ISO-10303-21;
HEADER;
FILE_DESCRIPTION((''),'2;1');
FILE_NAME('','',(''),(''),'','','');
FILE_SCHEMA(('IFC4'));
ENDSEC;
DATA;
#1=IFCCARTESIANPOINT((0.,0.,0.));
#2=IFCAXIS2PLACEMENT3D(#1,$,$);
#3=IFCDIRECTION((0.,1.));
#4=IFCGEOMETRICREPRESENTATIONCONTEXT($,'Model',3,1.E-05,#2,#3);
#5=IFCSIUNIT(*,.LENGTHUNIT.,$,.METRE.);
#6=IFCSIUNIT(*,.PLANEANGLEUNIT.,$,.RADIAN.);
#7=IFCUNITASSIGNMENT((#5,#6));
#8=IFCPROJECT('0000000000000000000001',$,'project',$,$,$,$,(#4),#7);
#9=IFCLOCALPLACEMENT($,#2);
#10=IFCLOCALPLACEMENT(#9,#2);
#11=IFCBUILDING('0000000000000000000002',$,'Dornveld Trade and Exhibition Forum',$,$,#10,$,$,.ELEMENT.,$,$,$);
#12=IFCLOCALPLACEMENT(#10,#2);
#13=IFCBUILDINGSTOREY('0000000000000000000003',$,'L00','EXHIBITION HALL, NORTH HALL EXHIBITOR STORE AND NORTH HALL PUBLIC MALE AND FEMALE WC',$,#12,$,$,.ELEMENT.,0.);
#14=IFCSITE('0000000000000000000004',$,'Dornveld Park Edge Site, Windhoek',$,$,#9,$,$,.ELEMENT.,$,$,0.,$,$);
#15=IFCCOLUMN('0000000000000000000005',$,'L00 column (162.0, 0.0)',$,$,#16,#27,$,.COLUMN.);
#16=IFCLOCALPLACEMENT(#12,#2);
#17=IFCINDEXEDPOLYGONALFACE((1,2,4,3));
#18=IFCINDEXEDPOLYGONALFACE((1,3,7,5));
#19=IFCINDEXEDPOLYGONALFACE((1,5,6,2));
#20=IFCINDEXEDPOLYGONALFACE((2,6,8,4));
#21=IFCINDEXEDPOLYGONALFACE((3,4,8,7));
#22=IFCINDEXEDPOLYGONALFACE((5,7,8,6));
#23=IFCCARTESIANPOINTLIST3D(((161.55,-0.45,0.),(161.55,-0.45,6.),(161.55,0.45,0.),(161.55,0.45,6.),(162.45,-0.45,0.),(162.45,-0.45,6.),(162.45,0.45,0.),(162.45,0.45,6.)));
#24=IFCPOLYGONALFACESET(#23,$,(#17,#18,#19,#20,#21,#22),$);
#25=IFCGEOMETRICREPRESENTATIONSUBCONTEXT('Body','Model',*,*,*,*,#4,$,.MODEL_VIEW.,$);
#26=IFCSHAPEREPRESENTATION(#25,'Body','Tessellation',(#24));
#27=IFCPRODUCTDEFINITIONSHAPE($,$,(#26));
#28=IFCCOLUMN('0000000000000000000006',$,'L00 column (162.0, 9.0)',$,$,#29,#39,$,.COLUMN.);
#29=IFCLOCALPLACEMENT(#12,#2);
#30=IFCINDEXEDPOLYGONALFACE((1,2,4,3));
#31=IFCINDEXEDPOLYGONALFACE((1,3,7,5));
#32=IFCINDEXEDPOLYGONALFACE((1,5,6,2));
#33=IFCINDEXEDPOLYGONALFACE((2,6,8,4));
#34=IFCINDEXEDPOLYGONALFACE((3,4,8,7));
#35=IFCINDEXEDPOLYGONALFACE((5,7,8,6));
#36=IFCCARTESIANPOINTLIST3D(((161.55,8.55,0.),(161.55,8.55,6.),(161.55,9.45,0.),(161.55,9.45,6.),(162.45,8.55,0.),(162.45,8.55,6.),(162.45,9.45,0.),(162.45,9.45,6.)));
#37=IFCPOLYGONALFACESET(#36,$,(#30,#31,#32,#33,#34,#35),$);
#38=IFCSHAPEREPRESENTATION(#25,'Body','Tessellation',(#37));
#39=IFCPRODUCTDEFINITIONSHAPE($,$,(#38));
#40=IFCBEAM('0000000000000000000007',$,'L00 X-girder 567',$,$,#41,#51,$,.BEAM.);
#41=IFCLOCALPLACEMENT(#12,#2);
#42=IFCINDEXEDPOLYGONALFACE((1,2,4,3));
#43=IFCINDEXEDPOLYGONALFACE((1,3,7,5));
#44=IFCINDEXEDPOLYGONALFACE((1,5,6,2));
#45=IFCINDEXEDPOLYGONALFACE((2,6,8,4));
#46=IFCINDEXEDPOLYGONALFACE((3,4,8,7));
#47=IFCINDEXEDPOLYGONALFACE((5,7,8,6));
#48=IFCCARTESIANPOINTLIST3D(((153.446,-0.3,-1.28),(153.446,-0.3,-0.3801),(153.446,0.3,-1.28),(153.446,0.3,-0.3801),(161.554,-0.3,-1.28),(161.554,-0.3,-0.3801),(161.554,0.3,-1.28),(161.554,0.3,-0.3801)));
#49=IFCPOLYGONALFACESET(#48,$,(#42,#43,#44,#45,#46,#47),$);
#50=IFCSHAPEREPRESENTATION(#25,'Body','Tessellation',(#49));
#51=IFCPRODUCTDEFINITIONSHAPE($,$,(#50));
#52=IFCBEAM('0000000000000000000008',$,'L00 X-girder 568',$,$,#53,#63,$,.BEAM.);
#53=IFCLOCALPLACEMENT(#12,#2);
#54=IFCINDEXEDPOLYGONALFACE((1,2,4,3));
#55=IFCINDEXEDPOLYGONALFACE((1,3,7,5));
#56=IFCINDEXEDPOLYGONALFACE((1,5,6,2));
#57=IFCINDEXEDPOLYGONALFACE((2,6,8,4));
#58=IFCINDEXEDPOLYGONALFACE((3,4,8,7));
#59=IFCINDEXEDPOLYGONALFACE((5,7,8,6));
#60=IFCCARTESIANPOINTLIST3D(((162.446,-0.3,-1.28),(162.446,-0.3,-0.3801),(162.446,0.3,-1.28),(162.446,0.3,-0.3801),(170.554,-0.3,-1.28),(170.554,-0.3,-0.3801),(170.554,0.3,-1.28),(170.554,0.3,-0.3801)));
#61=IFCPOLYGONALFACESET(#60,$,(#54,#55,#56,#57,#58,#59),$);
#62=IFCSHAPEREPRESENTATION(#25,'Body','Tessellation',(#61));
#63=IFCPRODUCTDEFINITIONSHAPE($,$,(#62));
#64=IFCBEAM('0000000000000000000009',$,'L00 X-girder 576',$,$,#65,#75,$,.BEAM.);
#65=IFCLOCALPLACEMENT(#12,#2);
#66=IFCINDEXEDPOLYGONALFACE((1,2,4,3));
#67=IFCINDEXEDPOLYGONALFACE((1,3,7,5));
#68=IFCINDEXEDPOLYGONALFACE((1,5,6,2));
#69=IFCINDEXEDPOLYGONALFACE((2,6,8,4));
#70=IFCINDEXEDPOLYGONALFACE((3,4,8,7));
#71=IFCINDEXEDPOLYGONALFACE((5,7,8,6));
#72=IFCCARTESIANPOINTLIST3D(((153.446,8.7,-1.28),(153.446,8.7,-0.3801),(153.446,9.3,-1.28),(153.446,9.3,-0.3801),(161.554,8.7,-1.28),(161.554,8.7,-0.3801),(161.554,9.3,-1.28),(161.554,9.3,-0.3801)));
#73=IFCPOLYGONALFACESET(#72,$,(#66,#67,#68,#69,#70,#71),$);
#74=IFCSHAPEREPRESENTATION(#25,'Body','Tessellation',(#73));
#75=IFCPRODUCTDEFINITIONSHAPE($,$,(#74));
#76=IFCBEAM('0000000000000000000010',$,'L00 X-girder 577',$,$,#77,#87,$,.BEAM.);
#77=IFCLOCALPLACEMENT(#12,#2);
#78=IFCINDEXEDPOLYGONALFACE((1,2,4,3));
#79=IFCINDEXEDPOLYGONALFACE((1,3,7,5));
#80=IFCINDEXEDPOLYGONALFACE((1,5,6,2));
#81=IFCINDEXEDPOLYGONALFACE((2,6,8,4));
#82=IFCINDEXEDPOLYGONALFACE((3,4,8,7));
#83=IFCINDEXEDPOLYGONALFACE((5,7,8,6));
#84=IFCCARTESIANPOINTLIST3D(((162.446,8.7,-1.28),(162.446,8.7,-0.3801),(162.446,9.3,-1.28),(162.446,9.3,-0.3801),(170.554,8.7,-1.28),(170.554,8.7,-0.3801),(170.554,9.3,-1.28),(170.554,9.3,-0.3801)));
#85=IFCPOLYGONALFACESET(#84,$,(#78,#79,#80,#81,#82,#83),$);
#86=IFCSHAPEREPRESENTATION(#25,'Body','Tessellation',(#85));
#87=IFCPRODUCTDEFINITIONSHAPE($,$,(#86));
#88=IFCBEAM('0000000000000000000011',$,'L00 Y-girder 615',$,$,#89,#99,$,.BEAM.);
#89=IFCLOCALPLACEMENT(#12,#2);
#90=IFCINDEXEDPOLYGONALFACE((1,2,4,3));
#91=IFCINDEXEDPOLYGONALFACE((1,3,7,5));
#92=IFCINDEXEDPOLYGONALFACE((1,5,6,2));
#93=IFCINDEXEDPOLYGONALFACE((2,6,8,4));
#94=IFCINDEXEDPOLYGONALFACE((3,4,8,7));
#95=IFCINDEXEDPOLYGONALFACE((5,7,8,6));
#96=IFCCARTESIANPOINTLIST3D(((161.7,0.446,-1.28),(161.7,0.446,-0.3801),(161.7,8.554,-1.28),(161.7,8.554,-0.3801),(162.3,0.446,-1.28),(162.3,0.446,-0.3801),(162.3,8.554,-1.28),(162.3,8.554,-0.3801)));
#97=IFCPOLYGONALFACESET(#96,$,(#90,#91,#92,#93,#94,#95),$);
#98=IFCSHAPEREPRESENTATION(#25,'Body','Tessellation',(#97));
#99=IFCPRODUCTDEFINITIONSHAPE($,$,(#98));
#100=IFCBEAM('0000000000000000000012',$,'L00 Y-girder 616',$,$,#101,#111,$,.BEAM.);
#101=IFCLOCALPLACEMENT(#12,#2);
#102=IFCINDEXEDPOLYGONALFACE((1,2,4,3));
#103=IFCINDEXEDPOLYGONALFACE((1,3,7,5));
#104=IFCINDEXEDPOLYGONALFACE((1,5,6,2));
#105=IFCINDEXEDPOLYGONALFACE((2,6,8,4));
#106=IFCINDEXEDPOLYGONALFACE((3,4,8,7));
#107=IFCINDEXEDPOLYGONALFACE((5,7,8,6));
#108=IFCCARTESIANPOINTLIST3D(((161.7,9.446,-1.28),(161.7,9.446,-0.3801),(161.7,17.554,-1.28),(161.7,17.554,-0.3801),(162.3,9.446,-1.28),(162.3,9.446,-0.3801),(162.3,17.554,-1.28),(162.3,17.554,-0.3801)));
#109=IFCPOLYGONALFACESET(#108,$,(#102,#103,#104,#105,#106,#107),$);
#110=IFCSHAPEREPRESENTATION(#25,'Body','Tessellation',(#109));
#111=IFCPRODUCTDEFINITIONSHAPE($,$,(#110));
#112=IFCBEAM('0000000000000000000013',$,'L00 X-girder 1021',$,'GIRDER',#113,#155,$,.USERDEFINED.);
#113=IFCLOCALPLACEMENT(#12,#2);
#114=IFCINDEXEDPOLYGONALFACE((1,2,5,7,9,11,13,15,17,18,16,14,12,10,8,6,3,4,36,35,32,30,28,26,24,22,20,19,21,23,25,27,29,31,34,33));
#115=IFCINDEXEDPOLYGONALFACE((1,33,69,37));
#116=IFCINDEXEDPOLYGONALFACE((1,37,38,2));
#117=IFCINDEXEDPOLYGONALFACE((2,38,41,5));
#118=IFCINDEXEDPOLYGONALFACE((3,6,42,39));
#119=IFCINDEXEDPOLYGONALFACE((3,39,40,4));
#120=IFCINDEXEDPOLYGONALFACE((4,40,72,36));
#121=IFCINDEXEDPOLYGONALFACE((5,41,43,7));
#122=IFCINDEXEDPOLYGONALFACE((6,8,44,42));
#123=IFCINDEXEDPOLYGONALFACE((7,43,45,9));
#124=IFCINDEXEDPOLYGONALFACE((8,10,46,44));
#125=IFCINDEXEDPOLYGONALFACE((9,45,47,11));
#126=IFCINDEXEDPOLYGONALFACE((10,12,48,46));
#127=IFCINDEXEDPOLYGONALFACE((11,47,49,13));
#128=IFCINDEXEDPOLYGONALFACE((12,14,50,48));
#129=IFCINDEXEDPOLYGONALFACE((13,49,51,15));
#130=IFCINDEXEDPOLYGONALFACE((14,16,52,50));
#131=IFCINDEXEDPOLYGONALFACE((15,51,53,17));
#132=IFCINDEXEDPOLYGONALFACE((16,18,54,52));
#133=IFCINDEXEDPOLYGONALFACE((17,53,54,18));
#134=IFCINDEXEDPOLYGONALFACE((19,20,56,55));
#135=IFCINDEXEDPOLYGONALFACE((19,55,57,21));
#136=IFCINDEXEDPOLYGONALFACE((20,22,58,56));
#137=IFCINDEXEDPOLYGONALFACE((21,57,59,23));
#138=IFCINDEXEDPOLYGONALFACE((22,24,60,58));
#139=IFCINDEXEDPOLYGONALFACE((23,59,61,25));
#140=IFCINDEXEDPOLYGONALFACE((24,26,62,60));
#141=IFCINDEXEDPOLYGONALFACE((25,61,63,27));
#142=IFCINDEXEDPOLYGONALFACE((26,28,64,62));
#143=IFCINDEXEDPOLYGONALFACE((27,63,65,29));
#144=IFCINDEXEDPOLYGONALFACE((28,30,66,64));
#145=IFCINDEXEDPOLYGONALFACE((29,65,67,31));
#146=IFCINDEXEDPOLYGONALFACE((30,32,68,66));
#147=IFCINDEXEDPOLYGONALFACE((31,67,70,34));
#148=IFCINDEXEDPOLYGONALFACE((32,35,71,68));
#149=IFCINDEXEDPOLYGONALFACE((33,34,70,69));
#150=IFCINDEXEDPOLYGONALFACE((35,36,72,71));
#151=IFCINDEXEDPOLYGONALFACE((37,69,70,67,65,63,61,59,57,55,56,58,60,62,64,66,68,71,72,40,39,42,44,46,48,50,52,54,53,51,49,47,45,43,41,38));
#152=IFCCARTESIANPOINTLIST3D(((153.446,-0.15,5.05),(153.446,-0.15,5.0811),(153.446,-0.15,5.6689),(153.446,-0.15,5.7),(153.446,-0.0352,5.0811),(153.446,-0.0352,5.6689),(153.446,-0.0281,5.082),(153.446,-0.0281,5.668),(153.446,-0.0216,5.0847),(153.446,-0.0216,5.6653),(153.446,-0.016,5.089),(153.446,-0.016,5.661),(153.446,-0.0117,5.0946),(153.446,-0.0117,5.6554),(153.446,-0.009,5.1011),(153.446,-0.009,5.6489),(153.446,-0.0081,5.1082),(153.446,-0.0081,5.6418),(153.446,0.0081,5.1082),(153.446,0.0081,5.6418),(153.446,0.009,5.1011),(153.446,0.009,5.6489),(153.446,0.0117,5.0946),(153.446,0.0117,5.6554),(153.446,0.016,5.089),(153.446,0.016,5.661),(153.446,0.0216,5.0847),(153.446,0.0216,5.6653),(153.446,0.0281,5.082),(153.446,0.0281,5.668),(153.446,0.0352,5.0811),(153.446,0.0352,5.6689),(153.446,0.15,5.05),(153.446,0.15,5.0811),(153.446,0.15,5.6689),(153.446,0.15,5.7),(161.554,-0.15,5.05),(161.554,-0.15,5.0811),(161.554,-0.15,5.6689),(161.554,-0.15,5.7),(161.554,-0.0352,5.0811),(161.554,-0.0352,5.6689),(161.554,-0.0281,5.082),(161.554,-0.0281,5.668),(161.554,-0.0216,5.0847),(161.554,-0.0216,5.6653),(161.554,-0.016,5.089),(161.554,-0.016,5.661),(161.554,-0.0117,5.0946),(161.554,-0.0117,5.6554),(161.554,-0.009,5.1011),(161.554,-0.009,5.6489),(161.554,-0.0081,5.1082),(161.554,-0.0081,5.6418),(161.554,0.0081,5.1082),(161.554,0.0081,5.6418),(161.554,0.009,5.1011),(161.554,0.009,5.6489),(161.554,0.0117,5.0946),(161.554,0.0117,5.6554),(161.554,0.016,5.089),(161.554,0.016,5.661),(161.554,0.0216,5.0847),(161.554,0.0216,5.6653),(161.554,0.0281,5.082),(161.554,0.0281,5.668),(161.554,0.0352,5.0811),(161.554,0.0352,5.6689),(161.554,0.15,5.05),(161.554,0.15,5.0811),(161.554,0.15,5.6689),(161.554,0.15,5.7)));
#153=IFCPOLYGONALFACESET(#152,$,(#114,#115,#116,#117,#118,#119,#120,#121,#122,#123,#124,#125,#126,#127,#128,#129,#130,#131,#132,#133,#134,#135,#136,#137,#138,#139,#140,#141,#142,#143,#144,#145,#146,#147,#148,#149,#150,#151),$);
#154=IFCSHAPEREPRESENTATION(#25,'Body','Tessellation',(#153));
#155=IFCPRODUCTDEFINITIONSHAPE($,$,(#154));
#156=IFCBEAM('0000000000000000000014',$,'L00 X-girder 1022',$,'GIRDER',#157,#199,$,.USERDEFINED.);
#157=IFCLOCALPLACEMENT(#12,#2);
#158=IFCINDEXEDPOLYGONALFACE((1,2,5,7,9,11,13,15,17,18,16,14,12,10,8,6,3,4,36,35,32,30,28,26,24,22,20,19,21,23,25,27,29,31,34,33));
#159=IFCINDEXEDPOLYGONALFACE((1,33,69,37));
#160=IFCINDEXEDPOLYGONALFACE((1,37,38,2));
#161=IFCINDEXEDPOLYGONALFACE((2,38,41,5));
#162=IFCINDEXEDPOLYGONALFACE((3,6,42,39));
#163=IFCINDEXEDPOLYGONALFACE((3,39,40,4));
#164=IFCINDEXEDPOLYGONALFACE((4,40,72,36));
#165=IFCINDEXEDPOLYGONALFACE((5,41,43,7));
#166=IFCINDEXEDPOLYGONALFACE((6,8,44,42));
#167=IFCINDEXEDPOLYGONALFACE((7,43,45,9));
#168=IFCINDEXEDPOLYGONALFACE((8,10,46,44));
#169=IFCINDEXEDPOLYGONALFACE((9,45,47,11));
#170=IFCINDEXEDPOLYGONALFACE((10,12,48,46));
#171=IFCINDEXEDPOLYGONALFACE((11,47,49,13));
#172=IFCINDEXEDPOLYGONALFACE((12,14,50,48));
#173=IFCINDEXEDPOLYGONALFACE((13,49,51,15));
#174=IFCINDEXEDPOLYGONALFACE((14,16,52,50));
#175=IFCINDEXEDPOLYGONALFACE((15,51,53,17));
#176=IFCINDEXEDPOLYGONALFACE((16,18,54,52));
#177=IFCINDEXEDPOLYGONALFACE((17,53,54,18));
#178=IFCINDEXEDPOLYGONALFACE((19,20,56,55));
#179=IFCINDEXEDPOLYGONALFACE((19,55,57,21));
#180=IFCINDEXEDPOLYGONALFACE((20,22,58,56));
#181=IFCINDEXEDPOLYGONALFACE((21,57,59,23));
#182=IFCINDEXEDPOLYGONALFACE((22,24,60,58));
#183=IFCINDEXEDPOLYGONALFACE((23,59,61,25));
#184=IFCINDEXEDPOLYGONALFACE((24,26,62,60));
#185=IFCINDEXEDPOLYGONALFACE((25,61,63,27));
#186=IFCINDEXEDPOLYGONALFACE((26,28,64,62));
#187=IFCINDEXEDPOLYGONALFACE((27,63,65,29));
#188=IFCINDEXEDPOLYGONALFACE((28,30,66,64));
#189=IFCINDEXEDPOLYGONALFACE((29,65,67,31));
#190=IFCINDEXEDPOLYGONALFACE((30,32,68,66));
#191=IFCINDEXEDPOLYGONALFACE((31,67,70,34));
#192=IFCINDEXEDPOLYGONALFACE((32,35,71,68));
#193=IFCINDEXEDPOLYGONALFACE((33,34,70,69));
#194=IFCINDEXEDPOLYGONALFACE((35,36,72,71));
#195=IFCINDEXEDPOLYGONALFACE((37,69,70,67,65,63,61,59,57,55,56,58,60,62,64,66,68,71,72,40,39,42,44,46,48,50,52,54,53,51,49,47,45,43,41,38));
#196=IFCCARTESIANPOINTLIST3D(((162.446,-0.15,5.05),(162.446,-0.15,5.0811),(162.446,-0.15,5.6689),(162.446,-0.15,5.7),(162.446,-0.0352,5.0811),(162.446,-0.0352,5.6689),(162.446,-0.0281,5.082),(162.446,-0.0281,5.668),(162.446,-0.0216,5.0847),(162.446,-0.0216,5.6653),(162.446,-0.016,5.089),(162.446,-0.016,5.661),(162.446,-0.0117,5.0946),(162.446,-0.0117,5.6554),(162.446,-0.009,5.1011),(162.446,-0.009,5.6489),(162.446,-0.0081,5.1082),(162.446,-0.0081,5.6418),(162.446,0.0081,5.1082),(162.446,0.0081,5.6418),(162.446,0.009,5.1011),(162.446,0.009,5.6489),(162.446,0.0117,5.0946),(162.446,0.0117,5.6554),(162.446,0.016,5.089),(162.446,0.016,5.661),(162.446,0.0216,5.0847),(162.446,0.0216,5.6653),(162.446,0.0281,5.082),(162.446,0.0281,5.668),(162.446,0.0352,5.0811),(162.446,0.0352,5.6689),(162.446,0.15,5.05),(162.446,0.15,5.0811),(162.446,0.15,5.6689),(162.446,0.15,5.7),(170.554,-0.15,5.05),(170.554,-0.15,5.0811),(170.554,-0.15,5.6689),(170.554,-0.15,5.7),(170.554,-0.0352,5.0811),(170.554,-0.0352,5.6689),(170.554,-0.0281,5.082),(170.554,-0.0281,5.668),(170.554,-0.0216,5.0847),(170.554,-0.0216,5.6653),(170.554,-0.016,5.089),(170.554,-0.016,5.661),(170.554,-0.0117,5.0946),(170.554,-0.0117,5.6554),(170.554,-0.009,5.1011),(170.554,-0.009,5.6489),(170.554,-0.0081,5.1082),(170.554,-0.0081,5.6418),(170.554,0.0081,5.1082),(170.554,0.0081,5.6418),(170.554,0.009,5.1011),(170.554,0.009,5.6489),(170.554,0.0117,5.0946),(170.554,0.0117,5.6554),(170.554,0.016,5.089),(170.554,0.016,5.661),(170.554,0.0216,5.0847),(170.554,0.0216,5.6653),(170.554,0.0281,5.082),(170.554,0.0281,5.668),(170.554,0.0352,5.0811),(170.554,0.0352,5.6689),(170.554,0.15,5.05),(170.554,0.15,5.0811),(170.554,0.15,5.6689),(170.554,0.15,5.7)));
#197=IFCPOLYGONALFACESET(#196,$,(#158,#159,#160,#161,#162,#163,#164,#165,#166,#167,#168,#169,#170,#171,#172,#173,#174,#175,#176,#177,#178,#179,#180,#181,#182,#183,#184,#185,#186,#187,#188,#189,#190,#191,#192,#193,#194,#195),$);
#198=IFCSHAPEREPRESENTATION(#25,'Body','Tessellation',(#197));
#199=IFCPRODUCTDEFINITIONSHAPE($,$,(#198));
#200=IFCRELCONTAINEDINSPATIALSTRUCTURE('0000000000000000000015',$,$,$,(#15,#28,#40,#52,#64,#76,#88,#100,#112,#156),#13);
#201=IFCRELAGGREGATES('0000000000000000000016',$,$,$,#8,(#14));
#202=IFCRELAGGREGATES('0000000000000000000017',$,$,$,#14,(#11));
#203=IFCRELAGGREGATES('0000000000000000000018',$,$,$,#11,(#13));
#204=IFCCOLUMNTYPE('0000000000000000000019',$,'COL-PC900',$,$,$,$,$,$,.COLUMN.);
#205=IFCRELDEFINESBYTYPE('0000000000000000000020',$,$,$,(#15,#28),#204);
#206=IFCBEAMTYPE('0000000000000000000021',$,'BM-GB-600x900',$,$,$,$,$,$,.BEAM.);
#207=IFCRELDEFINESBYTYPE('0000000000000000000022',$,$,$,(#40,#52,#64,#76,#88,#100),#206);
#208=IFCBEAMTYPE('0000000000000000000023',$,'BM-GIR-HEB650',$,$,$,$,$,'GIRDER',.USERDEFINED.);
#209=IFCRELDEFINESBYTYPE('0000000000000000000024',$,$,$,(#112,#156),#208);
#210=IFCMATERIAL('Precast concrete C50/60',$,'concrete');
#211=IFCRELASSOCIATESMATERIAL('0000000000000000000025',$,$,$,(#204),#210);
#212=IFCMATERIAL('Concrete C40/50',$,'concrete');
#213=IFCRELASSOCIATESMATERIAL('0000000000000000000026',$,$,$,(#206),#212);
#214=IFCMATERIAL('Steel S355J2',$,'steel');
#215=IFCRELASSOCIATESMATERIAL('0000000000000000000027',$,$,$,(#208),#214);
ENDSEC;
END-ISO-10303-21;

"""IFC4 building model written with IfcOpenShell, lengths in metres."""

from ifc_helpers import new_model, si_unit, direction, frame, origin, origin_2d, place, context, subcontext, project, spatial, rectangle, i_section, extrude, material, material_profile, profile_set, type_object, element, save


model = new_model("IFC4")

# Units and contexts
model_context = context("Model", 3, precision=1e-05, world=origin(), true_north=direction((0.0, 1.0)))
body_context = subcontext(model_context, "Body", "Model", "MODEL_VIEW")
ifc_project = project(units=[si_unit("LENGTHUNIT", "METRE"), si_unit("PLANEANGLEUNIT", "RADIAN")], contexts=[model_context])

# Site, building, storey
site_placement = place(None, origin())
site = spatial("IfcSite", under=ifc_project, at=site_placement, Name="Dornveld Park Edge Site, Windhoek", CompositionType="ELEMENT", RefElevation=0.0)
building_placement = place(site_placement, origin())
building = spatial("IfcBuilding", under=site, at=building_placement, Name="Dornveld Trade and Exhibition Forum", CompositionType="ELEMENT")
storey_placement = place(building_placement, origin())
storey = spatial("IfcBuildingStorey", under=building, at=storey_placement, Name="L00", Description="EXHIBITION HALL, NORTH HALL EXHIBITOR STORE AND NORTH HALL PUBLIC MALE AND FEMALE WC", CompositionType="ELEMENT", Elevation=0.0)

# Columns
ifc_material_1 = material(Name="Precast concrete C50/60", Category="concrete")
ifc_material_profile_1 = material_profile(ifc_material_1, rectangle(XDim=0.8999, YDim=0.8999, at=origin_2d()), Name="PC-COL 900x900")
ifc_profile_set_1 = profile_set([ifc_material_profile_1], Name="Precast concrete C50/60")
column_type = type_object("IfcColumnType", Name="COL-PC900", PredefinedType="COLUMN", material=ifc_profile_set_1)
for number, where, z_axis, x_axis, name in (
    (1, (162.0, 0.0, 0.0), (0.0, 0.0, 1.0), (1.0, 0.0, 0.0), "L00 column (162.0, 0.0)"),
    (2, (162.0, 9.0, 0.0), (0.0, 0.0, 1.0), (1.0, 0.0, 0.0), "L00 column (162.0, 9.0)"),
):
    element("IfcColumn", number, at=place(storey_placement, frame(where, z_axis=z_axis, x_axis=x_axis)), inside=storey, type_object=column_type, Name=name, PredefinedType="COLUMN", context=body_context, shape_type="SweptSolid", body=[
        extrude(rectangle(XDim=0.8999, YDim=0.8999, at=origin_2d()), origin(), (0.0, 0.0, 1.0), 6.0),
    ])

# Beams
ifc_material_2 = material(Name="Concrete C40/50", Category="concrete")
ifc_material_profile_2 = material_profile(ifc_material_2, rectangle(XDim=0.6001, YDim=0.8999, at=origin_2d()), Name="RC-GB 600x900")
ifc_profile_set_2 = profile_set([ifc_material_profile_2], Name="Concrete C40/50")
beam_type_1 = type_object("IfcBeamType", Name="BM-GB-600x900", PredefinedType="BEAM", material=ifc_profile_set_2)
for number, where, z_axis, x_axis, name in (
    (3, (153.446, 0.0, -0.8301), (1.0, 0.0, 0.0), (0.0, 1.0, 0.0), "L00 X-girder 567"),
    (4, (162.446, 0.0, -0.8301), (1.0, 0.0, 0.0), (0.0, 1.0, 0.0), "L00 X-girder 568"),
    (5, (153.446, 9.0, -0.8301), (1.0, 0.0, 0.0), (0.0, 1.0, 0.0), "L00 X-girder 576"),
    (6, (162.446, 9.0, -0.8301), (1.0, 0.0, 0.0), (0.0, 1.0, 0.0), "L00 X-girder 577"),
    (7, (162.0, 0.446, -0.8301), (0.0, 1.0, 0.0), (-1.0, 0.0, 0.0), "L00 Y-girder 615"),
    (8, (162.0, 9.446, -0.8301), (0.0, 1.0, 0.0), (-1.0, 0.0, 0.0), "L00 Y-girder 616"),
):
    element("IfcBeam", number, at=place(storey_placement, frame(where, z_axis=z_axis, x_axis=x_axis)), inside=storey, type_object=beam_type_1, Name=name, PredefinedType="BEAM", context=body_context, shape_type="SweptSolid", body=[
        extrude(rectangle(XDim=0.6001, YDim=0.8999, at=origin_2d()), origin(), (0.0, 0.0, 1.0), 8.1079),
    ])
ifc_material_3 = material(Name="Steel S355J2", Category="steel")
ifc_material_profile_3 = material_profile(ifc_material_3, i_section(OverallWidth=0.3, OverallDepth=0.6499, WebThickness=0.0161, FlangeThickness=0.031, FilletRadius=0.0271, at=origin_2d()), Name="HEB 650")
ifc_profile_set_3 = profile_set([ifc_material_profile_3], Name="Steel S355J2")
beam_type_2 = type_object("IfcBeamType", Name="BM-GIR-HEB650", ElementType="GIRDER", PredefinedType="USERDEFINED", material=ifc_profile_set_3)
for number, where, z_axis, x_axis, name in (
    (9, (153.446, 0.0, 5.375), (1.0, 0.0, 0.0), (0.0, 1.0, 0.0), "L00 X-girder 1021"),
    (10, (162.446, 0.0, 5.375), (1.0, 0.0, 0.0), (0.0, 1.0, 0.0), "L00 X-girder 1022"),
):
    element("IfcBeam", number, at=place(storey_placement, frame(where, z_axis=z_axis, x_axis=x_axis)), inside=storey, type_object=beam_type_2, Name=name, ObjectType="GIRDER", PredefinedType="USERDEFINED", context=body_context, shape_type="SweptSolid", body=[
        extrude(i_section(OverallWidth=0.3, OverallDepth=0.6499, WebThickness=0.0161, FlangeThickness=0.031, FilletRadius=0.0271, at=origin_2d()), origin(), (0.0, 0.0, 1.0), 8.1079),
    ])

save(model, "model.ifc")
